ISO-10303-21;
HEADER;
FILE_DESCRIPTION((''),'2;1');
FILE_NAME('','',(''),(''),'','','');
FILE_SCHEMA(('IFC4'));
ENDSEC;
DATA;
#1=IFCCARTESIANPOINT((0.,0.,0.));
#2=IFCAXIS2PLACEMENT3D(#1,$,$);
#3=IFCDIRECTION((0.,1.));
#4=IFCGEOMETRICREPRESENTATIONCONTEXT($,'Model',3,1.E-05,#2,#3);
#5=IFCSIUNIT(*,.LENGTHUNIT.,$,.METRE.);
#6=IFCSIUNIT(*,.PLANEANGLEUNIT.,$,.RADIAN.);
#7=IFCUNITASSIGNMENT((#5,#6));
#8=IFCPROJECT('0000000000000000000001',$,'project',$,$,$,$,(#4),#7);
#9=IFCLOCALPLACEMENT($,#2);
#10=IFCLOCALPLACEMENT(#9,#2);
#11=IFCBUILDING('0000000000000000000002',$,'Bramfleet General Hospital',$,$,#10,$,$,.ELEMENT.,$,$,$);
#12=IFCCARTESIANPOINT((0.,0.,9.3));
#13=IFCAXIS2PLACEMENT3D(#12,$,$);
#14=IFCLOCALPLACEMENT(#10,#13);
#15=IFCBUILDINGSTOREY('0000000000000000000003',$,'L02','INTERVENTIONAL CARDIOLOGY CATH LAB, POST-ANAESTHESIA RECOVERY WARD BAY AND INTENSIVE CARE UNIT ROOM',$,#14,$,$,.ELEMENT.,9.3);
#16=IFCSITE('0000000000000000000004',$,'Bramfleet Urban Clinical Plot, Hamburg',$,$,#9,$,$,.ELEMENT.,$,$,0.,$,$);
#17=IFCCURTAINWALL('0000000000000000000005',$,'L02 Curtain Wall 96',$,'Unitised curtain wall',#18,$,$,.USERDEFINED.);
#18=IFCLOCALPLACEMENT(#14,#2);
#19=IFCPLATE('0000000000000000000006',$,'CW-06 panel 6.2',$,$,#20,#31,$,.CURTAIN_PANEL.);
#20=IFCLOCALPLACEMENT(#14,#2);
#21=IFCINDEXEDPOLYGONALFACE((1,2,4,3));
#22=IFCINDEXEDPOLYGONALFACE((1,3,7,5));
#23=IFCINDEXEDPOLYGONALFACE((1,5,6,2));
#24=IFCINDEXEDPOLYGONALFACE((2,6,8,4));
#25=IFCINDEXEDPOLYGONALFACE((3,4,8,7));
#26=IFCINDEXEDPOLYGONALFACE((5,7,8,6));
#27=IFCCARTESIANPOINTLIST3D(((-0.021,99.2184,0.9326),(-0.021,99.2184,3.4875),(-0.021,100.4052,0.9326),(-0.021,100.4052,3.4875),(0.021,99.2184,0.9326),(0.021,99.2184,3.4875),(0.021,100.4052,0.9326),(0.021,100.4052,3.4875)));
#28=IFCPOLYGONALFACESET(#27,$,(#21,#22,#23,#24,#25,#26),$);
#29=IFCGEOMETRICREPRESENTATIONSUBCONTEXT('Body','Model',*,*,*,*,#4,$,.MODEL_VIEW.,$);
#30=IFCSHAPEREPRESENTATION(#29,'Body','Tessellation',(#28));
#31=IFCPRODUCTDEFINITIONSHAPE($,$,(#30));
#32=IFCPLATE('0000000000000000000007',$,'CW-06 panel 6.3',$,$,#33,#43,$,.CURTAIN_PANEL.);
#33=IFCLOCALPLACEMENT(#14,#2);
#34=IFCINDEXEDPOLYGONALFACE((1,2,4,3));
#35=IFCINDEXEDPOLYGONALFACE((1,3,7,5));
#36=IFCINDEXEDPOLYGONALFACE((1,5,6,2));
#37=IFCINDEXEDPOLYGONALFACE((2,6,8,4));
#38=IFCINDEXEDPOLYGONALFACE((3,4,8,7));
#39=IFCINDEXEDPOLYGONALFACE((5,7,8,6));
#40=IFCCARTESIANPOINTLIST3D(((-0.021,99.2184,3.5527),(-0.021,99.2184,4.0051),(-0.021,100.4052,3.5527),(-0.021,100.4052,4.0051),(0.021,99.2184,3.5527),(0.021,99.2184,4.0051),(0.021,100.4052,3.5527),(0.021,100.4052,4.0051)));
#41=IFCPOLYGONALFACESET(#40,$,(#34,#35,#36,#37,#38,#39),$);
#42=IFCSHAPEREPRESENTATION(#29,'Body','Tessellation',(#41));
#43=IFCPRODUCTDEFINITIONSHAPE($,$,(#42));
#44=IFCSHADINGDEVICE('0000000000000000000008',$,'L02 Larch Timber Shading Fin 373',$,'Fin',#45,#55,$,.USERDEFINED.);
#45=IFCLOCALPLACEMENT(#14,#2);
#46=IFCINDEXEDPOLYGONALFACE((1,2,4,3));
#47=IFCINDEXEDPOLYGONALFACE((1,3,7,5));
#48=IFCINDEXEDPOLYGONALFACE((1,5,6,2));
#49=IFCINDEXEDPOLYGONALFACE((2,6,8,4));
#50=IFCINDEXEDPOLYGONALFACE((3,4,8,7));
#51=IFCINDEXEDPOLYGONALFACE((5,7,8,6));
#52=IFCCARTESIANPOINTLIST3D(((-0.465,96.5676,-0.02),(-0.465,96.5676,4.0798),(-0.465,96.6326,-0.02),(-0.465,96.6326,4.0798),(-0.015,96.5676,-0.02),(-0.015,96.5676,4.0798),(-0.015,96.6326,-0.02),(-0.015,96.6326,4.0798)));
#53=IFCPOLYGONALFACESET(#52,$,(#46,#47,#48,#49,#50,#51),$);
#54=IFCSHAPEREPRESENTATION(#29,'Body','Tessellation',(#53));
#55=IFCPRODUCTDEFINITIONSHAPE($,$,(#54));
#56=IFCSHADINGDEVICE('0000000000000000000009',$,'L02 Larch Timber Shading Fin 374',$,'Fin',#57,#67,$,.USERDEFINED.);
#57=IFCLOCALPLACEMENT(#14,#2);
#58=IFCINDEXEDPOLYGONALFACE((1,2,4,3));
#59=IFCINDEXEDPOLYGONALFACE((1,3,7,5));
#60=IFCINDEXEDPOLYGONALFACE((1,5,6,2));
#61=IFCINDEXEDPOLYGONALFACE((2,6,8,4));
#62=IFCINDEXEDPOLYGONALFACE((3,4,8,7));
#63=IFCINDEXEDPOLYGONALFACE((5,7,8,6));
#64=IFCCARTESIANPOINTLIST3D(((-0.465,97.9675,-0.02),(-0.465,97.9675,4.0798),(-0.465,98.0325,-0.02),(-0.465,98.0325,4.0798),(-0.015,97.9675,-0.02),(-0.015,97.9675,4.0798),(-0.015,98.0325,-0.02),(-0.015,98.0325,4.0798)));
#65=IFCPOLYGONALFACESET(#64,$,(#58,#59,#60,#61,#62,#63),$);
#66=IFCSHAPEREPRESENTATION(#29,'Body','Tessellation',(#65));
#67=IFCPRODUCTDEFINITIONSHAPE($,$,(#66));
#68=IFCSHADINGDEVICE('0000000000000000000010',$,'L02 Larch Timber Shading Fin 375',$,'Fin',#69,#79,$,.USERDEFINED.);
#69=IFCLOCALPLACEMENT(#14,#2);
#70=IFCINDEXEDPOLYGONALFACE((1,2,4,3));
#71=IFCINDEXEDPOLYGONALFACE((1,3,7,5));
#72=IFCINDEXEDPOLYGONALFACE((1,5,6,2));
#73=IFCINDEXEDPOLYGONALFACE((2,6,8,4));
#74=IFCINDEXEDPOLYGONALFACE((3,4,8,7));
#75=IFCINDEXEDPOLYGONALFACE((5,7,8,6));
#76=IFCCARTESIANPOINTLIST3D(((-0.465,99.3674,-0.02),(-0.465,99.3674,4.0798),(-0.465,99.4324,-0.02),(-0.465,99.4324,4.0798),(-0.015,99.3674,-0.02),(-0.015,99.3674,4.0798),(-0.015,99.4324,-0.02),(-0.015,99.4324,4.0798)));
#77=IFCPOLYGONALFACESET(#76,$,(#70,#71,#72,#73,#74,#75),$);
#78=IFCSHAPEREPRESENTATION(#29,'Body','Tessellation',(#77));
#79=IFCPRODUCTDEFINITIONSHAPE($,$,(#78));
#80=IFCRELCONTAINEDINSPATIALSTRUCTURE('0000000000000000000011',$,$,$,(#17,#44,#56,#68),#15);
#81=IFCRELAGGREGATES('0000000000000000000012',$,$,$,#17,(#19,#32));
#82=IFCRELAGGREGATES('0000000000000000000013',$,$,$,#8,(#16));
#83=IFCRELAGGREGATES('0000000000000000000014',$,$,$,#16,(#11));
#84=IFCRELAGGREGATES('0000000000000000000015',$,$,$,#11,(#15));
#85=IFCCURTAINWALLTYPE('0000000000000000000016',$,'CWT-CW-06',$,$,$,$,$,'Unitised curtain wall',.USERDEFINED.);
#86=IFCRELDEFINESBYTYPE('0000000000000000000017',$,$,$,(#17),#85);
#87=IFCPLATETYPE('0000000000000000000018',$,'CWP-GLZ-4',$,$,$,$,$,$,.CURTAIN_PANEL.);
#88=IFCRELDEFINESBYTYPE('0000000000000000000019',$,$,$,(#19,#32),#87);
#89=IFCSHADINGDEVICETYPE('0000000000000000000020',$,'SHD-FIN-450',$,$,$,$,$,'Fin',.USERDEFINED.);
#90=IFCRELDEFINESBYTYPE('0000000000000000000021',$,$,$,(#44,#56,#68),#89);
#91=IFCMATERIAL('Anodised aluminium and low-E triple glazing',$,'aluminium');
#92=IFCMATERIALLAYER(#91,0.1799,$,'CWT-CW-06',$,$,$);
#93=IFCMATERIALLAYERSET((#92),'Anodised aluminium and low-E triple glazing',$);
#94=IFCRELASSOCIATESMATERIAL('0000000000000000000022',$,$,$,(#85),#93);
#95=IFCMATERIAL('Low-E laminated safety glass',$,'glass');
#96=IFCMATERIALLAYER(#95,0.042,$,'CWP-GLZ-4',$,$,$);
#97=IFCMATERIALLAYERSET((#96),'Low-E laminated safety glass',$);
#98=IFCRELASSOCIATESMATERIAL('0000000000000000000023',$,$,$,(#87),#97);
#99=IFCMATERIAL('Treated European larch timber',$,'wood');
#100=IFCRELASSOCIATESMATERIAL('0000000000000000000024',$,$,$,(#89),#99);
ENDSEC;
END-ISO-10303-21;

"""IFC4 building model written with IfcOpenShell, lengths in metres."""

from ifc_helpers import new_model, si_unit, direction, frame, origin, origin_2d, place, context, subcontext, project, spatial, rectangle, extrude, material, layer, layer_set, material_profile, profile_set, type_object, element, aggregate, save


model = new_model("IFC4")

# Units and contexts
model_context = context("Model", 3, precision=1e-05, world=origin(), true_north=direction((0.0, 1.0)))
body_context = subcontext(model_context, "Body", "Model", "MODEL_VIEW")
ifc_project = project(units=[si_unit("LENGTHUNIT", "METRE"), si_unit("PLANEANGLEUNIT", "RADIAN")], contexts=[model_context])

# Site, building, storey
site_placement = place(None, origin())
site = spatial("IfcSite", under=ifc_project, at=site_placement, Name="Bramfleet Urban Clinical Plot, Hamburg", CompositionType="ELEMENT", RefElevation=0.0)
building_placement = place(site_placement, origin())
building = spatial("IfcBuilding", under=site, at=building_placement, Name="Bramfleet General Hospital", CompositionType="ELEMENT")
storey_placement = place(building_placement, frame((0.0, 0.0, 9.3)))
storey = spatial("IfcBuildingStorey", under=building, at=storey_placement, Name="L02", Description="INTERVENTIONAL CARDIOLOGY CATH LAB, POST-ANAESTHESIA RECOVERY WARD BAY AND INTENSIVE CARE UNIT ROOM", CompositionType="ELEMENT", Elevation=9.3)

# Curtain wall, plates
ifc_material_1 = material(Name="Anodised aluminium and low-E triple glazing", Category="aluminium")
ifc_layer_1 = layer(ifc_material_1, 0.1799, Name="CWT-CW-06")
ifc_layer_set_1 = layer_set([ifc_layer_1], Name="Anodised aluminium and low-E triple glazing")
curtain_wall_type = type_object("IfcCurtainWallType", Name="CWT-CW-06", ElementType="Unitised curtain wall", PredefinedType="USERDEFINED", material=ifc_layer_set_1)
curtain_wall_placement = place(storey_placement, origin())
curtain_wall = element("IfcCurtainWall", 1, at=curtain_wall_placement, inside=storey, type_object=curtain_wall_type, Name="L02 Curtain Wall 96", ObjectType="Unitised curtain wall", PredefinedType="USERDEFINED")
ifc_material_2 = material(Name="Low-E laminated safety glass", Category="glass")
ifc_layer_2 = layer(ifc_material_2, 0.042, Name="CWP-GLZ-4")
ifc_layer_set_2 = layer_set([ifc_layer_2], Name="Low-E laminated safety glass")
plate_type = type_object("IfcPlateType", Name="CWP-GLZ-4", PredefinedType="CURTAIN_PANEL", material=ifc_layer_set_2)
plate_1_placement = place(storey_placement, frame((0.0, 99.8118, 0.9326), z_axis=(0.0, 0.0, 1.0), x_axis=(0.0, 1.0, 0.0)))
plate_1 = element("IfcPlate", 2, at=plate_1_placement, type_object=plate_type, Name="CW-06 panel 6.2", PredefinedType="CURTAIN_PANEL", context=body_context, shape_type="SweptSolid", body=[
    extrude(rectangle(XDim=1.1868, YDim=0.042, at=origin_2d()), origin(), (0.0, 0.0, 1.0), 2.5549),
])
plate_2_placement = place(storey_placement, frame((0.0, 99.8118, 3.5527), z_axis=(0.0, 0.0, 1.0), x_axis=(0.0, 1.0, 0.0)))
plate_2 = element("IfcPlate", 3, at=plate_2_placement, type_object=plate_type, Name="CW-06 panel 6.3", PredefinedType="CURTAIN_PANEL", context=body_context, shape_type="SweptSolid", body=[
    extrude(rectangle(XDim=1.1868, YDim=0.042, at=origin_2d()), origin(), (0.0, 0.0, 1.0), 0.4524),
])
aggregate(curtain_wall, [plate_1, plate_2])

# Shading devices
ifc_material_3 = material(Name="Treated European larch timber", Category="wood")
ifc_material_profile_1 = material_profile(ifc_material_3, rectangle(XDim=0.0649, YDim=0.45, at=origin_2d()), Name="LARCH FIN 450x65")
ifc_profile_set_1 = profile_set([ifc_material_profile_1], Name="Treated European larch timber")
shading_device_type = type_object("IfcShadingDeviceType", Name="SHD-FIN-450", ElementType="Fin", PredefinedType="USERDEFINED", material=ifc_profile_set_1)
for number, where, z_axis, x_axis, name in (
    (4, (-0.24, 96.6001, -0.02), (0.0, 0.0, 1.0), (0.0, 1.0, 0.0), "L02 Larch Timber Shading Fin 373"),
    (5, (-0.24, 98.0, -0.02), (0.0, 0.0, 1.0), (0.0, 1.0, 0.0), "L02 Larch Timber Shading Fin 374"),
    (6, (-0.24, 99.3999, -0.02), (0.0, 0.0, 1.0), (0.0, 1.0, 0.0), "L02 Larch Timber Shading Fin 375"),
):
    element("IfcShadingDevice", number, at=place(storey_placement, frame(where, z_axis=z_axis, x_axis=x_axis)), inside=storey, type_object=shading_device_type, Name=name, ObjectType="Fin", PredefinedType="USERDEFINED", context=body_context, shape_type="SweptSolid", body=[
        extrude(rectangle(XDim=0.0649, YDim=0.45, at=origin_2d()), origin(), (0.0, 0.0, 1.0), 4.0999),
    ])

save(model, "model.ifc")
